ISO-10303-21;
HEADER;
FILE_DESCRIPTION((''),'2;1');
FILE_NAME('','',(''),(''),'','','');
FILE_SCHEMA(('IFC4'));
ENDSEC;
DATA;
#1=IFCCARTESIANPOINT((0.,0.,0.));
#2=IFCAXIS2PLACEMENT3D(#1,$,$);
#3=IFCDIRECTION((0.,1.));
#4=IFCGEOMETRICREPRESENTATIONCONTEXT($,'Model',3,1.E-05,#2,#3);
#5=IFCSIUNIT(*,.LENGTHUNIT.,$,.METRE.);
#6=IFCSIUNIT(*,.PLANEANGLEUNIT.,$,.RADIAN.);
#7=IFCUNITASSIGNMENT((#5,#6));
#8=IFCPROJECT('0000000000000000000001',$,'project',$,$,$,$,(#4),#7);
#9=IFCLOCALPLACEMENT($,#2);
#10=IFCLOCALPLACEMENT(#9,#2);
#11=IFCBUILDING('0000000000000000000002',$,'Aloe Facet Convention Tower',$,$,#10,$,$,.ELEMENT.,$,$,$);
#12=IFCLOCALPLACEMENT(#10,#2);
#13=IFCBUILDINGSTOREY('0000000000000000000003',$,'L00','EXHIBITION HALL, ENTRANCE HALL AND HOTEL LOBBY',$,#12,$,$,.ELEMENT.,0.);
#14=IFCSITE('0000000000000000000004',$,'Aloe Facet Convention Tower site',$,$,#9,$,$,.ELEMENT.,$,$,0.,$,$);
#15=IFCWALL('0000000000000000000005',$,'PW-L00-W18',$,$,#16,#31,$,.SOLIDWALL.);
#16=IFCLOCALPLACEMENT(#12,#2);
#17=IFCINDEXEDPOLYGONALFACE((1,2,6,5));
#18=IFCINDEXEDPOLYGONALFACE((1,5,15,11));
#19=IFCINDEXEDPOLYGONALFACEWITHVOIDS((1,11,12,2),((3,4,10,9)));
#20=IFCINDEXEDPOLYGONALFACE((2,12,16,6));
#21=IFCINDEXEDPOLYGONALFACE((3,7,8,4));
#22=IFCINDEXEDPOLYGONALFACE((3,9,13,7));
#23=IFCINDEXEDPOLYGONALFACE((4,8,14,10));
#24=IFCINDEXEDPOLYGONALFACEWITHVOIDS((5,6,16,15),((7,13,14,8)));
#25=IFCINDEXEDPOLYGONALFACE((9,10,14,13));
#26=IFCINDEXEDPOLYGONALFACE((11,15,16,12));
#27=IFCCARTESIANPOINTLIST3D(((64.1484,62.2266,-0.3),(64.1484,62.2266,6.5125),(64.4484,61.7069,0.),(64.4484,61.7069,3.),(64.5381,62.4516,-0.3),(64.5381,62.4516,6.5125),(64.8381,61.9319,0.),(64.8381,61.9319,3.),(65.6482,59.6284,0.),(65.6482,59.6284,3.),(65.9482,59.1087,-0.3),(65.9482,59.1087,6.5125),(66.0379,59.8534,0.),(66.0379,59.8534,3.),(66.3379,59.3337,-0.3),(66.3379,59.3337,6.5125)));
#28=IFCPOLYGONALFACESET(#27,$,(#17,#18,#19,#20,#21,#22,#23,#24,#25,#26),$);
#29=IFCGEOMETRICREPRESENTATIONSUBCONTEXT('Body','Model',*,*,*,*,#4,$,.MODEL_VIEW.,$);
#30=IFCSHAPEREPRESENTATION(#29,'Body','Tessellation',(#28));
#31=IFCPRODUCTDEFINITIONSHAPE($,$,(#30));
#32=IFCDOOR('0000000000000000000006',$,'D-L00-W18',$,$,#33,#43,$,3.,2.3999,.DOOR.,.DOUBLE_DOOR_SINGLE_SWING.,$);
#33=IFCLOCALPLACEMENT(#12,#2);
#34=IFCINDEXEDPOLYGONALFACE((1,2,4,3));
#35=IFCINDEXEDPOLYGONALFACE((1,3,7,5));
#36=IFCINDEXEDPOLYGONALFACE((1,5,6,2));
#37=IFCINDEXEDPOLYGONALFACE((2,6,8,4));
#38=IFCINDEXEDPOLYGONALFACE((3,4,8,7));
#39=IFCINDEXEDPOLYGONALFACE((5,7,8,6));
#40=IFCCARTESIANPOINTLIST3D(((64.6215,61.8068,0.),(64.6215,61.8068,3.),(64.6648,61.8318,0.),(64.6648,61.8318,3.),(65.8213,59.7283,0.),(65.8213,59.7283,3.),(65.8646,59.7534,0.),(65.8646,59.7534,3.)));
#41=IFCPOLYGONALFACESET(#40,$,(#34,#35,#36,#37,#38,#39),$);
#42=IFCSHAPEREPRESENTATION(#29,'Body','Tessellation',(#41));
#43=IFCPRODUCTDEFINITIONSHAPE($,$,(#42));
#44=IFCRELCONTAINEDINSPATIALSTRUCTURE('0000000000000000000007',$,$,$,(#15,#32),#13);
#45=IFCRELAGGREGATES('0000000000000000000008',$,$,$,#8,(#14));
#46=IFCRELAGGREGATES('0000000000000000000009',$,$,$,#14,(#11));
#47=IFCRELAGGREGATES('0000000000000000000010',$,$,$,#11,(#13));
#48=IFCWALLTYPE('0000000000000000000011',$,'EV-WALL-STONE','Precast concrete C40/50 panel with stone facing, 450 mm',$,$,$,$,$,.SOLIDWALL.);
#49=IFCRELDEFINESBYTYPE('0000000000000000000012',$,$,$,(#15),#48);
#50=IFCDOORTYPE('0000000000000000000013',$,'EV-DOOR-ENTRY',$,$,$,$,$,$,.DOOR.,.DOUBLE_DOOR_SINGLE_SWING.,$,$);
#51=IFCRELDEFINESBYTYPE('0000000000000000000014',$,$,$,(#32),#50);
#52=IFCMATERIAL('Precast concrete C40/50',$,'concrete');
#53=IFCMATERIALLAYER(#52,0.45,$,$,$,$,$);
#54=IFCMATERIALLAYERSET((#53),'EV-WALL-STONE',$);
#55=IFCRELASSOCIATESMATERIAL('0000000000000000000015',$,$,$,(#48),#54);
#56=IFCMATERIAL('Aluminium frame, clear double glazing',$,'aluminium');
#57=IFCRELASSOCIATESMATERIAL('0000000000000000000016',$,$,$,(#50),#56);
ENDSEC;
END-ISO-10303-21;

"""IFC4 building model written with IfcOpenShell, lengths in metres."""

from ifc_helpers import new_model, si_unit, direction, frame, frame_2d, origin, place, context, subcontext, project, spatial, rectangle, extrude, material, layer, layer_set, type_object, element, fill, save


model = new_model("IFC4")

# Units and contexts
model_context = context("Model", 3, precision=1e-05, world=origin(), true_north=direction((0.0, 1.0)))
body_context = subcontext(model_context, "Body", "Model", "MODEL_VIEW")
ifc_project = project(units=[si_unit("LENGTHUNIT", "METRE"), si_unit("PLANEANGLEUNIT", "RADIAN")], contexts=[model_context])

# Site, building, storey
site_placement = place(None, origin())
site = spatial("IfcSite", under=ifc_project, at=site_placement, Name="Aloe Facet Convention Tower site", CompositionType="ELEMENT", RefElevation=0.0)
building_placement = place(site_placement, origin())
building = spatial("IfcBuilding", under=site, at=building_placement, Name="Aloe Facet Convention Tower", CompositionType="ELEMENT")
storey_placement = place(building_placement, origin())
storey = spatial("IfcBuildingStorey", under=building, at=storey_placement, Name="L00", Description="EXHIBITION HALL, ENTRANCE HALL AND HOTEL LOBBY", CompositionType="ELEMENT", Elevation=0.0)

# Wall, opening, door
ifc_material_1 = material(Name="Precast concrete C40/50", Category="concrete")
ifc_layer_1 = layer(ifc_material_1, 0.45)
ifc_layer_set_1 = layer_set([ifc_layer_1], Name="EV-WALL-STONE")
wall_type_1 = type_object("IfcWallType", Name="EV-WALL-STONE", Description="Precast concrete C40/50 panel with stone facing, 450 mm", PredefinedType="SOLIDWALL", material=ifc_layer_set_1)
wall_1_placement = place(storey_placement, frame((64.3433, 62.3391, -0.3), z_axis=(0.0, 0.0, 1.0), x_axis=(0.499932, -0.866065, 0.0)))
wall_1 = element("IfcWall", 1, at=wall_1_placement, inside=storey, type_object=wall_type_1, Name="PW-L00-W18", PredefinedType="SOLIDWALL", context=body_context, shape_type="SweptSolid", body=[
    extrude(rectangle(XDim=3.6001, YDim=0.45, at=frame_2d((1.8, 0.0))), origin(), (0.0, 0.0, 1.0), 6.8125),
])
opening_placement = place(wall_1_placement, frame((0.6001, 0.0, 0.3)))
opening = element("IfcOpeningElement", 2, at=opening_placement, cuts=wall_1, PredefinedType="OPENING", context=body_context, shape_type="SweptSolid", body=[
    extrude(rectangle(XDim=2.3999, YDim=3.0, at=frame_2d((1.2, 1.5))), frame((0.0, 0.2349, 0.0), z_axis=(0.0, -1.0, 0.0), x_axis=(1.0, 0.0, 0.0)), (0.0, 0.0, 1.0), 0.47),
])
ifc_material_2 = material(Name="Aluminium frame, clear double glazing", Category="aluminium")
door_type = type_object("IfcDoorType", Name="EV-DOOR-ENTRY", OperationType="DOUBLE_DOOR_SINGLE_SWING", PredefinedType="DOOR", material=ifc_material_2)
door_placement = place(opening_placement, origin())
door = element("IfcDoor", 3, at=door_placement, inside=storey, type_object=door_type, Name="D-L00-W18", OperationType="DOUBLE_DOOR_SINGLE_SWING", OverallHeight=3.0, OverallWidth=2.3999, PredefinedType="DOOR", context=body_context, shape_type="SweptSolid", body=[
    extrude(rectangle(XDim=2.3999, YDim=3.0, at=frame_2d((1.2, 1.5))), frame((0.0, 0.0249, 0.0), z_axis=(0.0, -1.0, 0.0), x_axis=(1.0, 0.0, 0.0)), (0.0, 0.0, 1.0), 0.05),
])
fill(opening, door)

save(model, "model.ifc")
